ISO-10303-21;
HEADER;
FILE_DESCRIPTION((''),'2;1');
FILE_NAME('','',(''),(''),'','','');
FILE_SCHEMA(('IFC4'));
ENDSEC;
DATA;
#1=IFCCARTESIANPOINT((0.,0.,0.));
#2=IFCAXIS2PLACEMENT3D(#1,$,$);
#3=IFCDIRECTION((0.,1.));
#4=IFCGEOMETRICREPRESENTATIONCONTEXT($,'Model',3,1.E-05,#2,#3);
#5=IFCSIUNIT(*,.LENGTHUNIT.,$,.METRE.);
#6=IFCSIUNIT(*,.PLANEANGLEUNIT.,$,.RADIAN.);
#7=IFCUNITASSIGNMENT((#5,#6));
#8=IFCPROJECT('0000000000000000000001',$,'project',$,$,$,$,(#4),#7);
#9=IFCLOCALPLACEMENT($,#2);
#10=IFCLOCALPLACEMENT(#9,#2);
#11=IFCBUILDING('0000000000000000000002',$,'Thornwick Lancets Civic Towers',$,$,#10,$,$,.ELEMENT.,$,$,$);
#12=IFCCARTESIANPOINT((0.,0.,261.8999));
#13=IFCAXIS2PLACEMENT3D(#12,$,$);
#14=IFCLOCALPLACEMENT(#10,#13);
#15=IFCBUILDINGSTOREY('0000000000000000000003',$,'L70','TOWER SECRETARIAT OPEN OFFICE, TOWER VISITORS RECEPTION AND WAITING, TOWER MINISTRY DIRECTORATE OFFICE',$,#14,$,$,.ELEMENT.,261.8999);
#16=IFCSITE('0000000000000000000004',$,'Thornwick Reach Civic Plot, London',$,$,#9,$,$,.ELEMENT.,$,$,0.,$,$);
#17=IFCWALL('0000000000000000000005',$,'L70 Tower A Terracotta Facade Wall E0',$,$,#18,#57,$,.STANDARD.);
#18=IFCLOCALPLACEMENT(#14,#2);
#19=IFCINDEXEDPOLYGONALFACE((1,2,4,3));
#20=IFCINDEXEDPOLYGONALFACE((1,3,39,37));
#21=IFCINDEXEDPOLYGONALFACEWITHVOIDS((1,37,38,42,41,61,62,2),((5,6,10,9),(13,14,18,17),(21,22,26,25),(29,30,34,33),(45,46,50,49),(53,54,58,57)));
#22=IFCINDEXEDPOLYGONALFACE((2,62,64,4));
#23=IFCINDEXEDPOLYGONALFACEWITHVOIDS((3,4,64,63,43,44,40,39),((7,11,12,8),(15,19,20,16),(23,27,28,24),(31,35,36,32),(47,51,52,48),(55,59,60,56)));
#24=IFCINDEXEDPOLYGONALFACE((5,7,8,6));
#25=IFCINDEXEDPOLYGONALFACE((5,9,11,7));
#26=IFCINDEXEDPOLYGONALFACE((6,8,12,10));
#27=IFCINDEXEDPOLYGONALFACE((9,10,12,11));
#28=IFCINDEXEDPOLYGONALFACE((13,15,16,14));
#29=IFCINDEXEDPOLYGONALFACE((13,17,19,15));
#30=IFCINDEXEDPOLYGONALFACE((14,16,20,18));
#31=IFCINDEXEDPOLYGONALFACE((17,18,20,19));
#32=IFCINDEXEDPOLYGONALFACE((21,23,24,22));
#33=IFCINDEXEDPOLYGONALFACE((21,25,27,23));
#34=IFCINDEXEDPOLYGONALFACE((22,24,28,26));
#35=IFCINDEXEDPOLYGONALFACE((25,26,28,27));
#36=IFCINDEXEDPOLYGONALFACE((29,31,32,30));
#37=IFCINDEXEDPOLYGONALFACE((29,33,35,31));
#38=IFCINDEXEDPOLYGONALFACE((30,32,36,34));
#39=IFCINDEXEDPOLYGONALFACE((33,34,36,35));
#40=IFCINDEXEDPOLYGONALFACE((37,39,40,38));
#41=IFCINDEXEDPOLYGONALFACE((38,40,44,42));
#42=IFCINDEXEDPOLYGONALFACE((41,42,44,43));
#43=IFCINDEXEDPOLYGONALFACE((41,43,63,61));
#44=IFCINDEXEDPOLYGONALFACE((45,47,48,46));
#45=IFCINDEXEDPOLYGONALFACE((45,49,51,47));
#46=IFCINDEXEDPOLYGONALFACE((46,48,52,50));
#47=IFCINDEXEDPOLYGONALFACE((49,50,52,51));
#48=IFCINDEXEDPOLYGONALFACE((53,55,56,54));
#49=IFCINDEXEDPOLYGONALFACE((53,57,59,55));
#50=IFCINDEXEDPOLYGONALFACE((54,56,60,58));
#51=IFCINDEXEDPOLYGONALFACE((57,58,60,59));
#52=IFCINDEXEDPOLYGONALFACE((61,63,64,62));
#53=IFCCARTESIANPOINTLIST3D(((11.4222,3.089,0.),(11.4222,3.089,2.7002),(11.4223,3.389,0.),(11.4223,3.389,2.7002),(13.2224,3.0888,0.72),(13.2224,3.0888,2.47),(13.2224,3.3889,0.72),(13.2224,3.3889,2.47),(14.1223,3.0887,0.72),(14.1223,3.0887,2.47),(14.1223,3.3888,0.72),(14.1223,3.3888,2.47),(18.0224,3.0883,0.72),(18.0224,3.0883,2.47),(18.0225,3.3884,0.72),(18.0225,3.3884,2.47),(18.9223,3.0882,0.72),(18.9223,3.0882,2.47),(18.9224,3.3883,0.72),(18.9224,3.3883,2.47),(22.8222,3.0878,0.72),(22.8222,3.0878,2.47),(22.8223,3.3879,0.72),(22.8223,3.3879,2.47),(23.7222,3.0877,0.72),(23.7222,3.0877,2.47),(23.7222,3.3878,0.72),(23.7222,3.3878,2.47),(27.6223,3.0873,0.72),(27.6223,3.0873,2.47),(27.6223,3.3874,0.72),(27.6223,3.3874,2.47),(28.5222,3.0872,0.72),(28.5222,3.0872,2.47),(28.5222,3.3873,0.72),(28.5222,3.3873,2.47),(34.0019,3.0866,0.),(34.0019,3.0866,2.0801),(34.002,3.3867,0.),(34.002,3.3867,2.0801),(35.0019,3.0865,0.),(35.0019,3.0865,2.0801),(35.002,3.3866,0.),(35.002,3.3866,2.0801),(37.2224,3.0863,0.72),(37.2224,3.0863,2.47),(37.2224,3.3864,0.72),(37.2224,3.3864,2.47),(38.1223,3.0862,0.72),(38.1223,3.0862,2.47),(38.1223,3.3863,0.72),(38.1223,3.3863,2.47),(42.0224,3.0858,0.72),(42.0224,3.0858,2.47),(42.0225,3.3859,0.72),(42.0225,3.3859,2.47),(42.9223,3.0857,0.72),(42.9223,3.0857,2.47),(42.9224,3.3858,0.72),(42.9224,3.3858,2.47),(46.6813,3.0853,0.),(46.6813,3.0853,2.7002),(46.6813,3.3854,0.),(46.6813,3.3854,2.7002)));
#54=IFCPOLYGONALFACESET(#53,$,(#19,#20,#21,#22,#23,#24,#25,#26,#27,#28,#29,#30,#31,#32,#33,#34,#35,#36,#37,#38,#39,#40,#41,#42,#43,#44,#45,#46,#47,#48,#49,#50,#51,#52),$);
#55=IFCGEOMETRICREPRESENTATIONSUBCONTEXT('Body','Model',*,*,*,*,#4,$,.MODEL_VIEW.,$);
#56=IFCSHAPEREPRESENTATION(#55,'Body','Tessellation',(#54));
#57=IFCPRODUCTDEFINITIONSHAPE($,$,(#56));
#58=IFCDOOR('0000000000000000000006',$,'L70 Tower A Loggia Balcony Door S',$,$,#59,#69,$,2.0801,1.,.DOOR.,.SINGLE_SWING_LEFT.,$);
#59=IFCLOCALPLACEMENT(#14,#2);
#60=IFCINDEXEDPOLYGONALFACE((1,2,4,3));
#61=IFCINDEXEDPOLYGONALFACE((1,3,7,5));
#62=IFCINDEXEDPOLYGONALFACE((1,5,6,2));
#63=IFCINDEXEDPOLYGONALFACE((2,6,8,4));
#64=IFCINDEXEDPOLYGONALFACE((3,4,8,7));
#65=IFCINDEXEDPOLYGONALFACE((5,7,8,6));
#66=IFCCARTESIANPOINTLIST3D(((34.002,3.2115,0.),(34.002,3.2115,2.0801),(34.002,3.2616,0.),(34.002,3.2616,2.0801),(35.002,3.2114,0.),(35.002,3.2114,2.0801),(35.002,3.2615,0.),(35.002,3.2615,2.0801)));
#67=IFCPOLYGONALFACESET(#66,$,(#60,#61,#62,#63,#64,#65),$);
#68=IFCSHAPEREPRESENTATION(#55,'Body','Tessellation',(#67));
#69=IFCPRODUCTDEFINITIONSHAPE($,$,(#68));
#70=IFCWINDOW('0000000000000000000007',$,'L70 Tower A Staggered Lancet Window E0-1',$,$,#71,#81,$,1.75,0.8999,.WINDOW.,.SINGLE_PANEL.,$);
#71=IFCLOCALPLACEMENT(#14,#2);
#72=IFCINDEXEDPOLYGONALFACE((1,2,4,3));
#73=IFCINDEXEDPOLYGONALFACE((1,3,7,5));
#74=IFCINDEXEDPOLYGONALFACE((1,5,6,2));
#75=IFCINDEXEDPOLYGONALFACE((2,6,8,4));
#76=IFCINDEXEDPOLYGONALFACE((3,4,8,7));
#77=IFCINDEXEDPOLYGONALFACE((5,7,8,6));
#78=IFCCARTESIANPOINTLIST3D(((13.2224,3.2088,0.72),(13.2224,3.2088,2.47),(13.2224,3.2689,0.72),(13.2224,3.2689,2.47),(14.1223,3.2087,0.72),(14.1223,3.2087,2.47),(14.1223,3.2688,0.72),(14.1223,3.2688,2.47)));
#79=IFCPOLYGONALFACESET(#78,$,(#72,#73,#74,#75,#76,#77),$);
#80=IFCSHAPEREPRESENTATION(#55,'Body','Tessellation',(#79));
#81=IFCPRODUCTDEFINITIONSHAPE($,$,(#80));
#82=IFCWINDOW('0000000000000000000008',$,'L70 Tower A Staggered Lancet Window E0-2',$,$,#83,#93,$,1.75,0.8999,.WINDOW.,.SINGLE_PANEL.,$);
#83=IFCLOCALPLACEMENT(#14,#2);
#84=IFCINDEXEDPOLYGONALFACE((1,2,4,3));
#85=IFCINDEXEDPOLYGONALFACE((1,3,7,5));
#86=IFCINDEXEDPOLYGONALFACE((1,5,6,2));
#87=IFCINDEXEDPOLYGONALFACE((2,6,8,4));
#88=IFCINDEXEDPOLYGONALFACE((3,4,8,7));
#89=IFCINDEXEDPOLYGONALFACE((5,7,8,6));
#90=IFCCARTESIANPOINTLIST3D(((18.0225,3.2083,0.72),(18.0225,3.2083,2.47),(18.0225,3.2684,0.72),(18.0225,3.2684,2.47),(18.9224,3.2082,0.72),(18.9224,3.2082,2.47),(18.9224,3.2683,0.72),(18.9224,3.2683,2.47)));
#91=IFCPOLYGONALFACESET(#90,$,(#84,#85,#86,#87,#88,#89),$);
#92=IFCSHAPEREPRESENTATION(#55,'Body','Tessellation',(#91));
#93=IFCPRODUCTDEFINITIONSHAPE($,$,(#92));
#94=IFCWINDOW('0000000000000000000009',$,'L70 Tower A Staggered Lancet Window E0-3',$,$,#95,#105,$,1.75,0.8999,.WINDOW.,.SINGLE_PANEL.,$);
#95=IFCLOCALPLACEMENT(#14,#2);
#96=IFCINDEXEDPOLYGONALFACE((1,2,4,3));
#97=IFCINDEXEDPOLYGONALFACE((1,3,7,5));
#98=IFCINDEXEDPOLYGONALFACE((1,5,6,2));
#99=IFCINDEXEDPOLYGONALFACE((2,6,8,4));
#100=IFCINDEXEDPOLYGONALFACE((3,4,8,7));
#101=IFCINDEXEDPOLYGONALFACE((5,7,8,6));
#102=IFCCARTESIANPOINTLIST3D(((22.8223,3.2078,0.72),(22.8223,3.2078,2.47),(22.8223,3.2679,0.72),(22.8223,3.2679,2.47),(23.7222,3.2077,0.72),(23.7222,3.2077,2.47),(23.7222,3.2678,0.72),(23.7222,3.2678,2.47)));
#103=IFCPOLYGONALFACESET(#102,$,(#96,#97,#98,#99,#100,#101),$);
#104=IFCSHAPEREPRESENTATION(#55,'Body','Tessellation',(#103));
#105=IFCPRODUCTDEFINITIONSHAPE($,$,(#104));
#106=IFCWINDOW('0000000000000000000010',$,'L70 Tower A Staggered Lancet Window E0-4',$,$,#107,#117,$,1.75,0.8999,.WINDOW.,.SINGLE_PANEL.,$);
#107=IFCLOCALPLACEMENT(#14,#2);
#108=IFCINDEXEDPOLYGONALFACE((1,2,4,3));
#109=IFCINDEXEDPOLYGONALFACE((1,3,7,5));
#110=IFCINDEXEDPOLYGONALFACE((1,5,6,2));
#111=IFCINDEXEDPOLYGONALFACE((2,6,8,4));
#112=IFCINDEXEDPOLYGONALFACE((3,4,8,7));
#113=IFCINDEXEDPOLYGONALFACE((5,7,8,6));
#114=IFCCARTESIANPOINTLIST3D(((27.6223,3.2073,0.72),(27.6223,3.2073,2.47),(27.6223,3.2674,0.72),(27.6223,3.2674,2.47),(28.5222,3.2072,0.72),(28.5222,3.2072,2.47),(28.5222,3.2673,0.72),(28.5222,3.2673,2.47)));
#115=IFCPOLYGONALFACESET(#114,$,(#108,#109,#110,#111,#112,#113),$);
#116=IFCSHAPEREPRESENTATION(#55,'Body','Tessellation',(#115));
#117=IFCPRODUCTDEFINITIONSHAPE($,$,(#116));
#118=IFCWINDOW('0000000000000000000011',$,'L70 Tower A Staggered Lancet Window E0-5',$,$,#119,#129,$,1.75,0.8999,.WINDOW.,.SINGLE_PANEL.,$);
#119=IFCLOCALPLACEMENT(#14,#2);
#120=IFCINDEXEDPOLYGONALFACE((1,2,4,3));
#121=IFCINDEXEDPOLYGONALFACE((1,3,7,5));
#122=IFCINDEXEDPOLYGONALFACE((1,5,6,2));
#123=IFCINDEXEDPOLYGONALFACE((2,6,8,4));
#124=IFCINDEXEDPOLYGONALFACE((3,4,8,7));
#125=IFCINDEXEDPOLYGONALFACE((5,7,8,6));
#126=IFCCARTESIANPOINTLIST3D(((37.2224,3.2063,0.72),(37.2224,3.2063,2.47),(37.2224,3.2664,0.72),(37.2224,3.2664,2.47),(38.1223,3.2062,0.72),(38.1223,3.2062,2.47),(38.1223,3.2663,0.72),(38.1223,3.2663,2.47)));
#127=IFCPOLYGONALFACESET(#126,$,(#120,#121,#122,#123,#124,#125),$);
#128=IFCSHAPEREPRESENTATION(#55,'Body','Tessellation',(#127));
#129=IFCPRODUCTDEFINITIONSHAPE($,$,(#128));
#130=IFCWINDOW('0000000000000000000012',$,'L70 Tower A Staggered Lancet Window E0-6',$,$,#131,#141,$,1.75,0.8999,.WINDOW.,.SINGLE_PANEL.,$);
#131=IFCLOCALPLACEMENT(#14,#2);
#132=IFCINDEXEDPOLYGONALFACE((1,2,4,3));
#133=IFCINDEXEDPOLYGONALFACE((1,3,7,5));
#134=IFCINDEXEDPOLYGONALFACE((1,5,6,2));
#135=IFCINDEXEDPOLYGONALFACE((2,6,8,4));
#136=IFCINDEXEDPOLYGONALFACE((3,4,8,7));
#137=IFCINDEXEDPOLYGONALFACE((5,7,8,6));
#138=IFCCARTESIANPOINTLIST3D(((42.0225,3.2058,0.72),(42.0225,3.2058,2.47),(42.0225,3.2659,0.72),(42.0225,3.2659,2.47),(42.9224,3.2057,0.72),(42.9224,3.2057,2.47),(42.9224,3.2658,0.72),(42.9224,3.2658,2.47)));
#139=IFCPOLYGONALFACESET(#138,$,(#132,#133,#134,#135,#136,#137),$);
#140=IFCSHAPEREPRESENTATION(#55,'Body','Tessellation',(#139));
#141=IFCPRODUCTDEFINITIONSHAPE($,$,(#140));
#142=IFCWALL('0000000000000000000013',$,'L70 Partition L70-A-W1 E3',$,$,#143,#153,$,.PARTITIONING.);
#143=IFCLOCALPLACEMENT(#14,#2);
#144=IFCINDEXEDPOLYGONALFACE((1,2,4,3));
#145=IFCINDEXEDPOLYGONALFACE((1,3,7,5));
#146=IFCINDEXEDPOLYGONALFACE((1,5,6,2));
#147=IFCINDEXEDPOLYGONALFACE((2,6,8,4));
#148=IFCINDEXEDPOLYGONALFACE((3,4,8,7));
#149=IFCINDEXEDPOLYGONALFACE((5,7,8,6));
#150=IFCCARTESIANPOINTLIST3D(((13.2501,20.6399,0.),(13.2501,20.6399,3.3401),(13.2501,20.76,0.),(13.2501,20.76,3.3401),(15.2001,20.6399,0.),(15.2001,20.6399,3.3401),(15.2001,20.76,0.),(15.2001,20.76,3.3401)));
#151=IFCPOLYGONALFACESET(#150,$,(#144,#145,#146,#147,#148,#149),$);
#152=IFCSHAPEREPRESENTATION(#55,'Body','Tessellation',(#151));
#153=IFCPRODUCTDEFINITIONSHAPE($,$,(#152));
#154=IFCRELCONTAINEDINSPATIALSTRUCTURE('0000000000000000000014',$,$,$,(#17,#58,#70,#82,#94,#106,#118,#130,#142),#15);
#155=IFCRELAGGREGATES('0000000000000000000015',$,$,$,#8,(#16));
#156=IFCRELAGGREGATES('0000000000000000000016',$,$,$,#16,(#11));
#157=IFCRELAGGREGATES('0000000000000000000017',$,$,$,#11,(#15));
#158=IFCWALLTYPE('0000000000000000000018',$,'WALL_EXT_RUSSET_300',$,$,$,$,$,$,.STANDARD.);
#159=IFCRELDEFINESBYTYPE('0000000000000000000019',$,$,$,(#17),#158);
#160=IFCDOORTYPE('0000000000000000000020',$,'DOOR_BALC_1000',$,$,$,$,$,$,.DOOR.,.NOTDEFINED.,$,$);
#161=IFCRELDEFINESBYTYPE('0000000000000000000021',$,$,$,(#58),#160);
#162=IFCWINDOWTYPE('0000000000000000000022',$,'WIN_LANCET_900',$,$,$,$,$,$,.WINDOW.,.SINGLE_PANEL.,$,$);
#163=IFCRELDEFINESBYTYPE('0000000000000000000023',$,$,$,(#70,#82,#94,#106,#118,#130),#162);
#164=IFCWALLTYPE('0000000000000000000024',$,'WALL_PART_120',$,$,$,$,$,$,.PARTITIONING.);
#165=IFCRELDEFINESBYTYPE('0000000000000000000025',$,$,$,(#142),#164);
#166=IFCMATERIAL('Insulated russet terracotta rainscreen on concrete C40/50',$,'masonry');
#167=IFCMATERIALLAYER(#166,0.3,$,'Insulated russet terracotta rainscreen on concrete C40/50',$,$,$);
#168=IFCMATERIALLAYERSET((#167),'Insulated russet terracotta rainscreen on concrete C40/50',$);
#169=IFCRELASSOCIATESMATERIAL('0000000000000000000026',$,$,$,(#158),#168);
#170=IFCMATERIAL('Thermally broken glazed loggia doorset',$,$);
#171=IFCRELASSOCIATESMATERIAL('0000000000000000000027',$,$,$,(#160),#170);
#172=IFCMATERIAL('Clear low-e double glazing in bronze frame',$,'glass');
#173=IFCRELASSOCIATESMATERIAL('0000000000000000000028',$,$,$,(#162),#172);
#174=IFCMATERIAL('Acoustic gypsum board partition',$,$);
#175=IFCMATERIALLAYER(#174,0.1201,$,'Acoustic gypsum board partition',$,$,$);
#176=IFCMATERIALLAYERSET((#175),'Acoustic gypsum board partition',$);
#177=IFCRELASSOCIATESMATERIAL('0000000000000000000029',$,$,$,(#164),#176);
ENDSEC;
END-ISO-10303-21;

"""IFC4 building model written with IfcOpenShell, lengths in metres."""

from ifc_helpers import new_model, si_unit, direction, frame, frame_2d, origin, place, context, subcontext, project, spatial, rectangle, extrude, material, layer, layer_set, type_object, element, fill, save


model = new_model("IFC4")

# Units and contexts
model_context = context("Model", 3, precision=1e-05, world=origin(), true_north=direction((0.0, 1.0)))
body_context = subcontext(model_context, "Body", "Model", "MODEL_VIEW")
ifc_project = project(units=[si_unit("LENGTHUNIT", "METRE"), si_unit("PLANEANGLEUNIT", "RADIAN")], contexts=[model_context])

# Site, building, storey
site_placement = place(None, origin())
site = spatial("IfcSite", under=ifc_project, at=site_placement, Name="Thornwick Reach Civic Plot, London", CompositionType="ELEMENT", RefElevation=0.0)
building_placement = place(site_placement, origin())
building = spatial("IfcBuilding", under=site, at=building_placement, Name="Thornwick Lancets Civic Towers", CompositionType="ELEMENT")
storey_placement = place(building_placement, frame((0.0, 0.0, 261.8999)))
storey = spatial("IfcBuildingStorey", under=building, at=storey_placement, Name="L70", Description="TOWER SECRETARIAT OPEN OFFICE, TOWER VISITORS RECEPTION AND WAITING, TOWER MINISTRY DIRECTORATE OFFICE", CompositionType="ELEMENT", Elevation=261.8999)

# Wall, openings, door, windows
ifc_material_1 = material(Name="Insulated russet terracotta rainscreen on concrete C40/50", Category="masonry")
ifc_layer_1 = layer(ifc_material_1, 0.3, Name="Insulated russet terracotta rainscreen on concrete C40/50")
ifc_layer_set_1 = layer_set([ifc_layer_1], Name="Insulated russet terracotta rainscreen on concrete C40/50")
wall_type_1 = type_object("IfcWallType", Name="WALL_EXT_RUSSET_300", PredefinedType="STANDARD", material=ifc_layer_set_1)
wall_1_placement = place(storey_placement, frame((11.4224, 3.239, 0.0), z_axis=(0.0, 0.0, 1.0), x_axis=(1.0, -0.000104, 0.0)))
wall_1 = element("IfcWall", 1, at=wall_1_placement, inside=storey, type_object=wall_type_1, Name="L70 Tower A Terracotta Facade Wall E0", PredefinedType="STANDARD", context=body_context, shape_type="SweptSolid", body=[
    extrude(rectangle(XDim=35.259, YDim=0.3, at=frame_2d((17.6294, 0.0))), origin(), (0.0, 0.0, 1.0), 2.7002),
])
opening_1_placement = place(wall_1_placement, frame((22.5796, 0.0, 0.0)))
opening_1 = element("IfcOpeningElement", 2, at=opening_1_placement, cuts=wall_1, PredefinedType="OPENING", context=body_context, shape_type="SweptSolid", body=[
    extrude(rectangle(XDim=1.0, YDim=2.0801, at=frame_2d((0.5, 1.04))), frame((0.0, 0.1602, 0.0), z_axis=(0.0, -1.0, 0.0), x_axis=(1.0, 0.0, 0.0)), (0.0, 0.0, 1.0), 0.3201),
])
opening_2_placement = place(wall_1_placement, frame((1.8, 0.0, 0.72)))
opening_2 = element("IfcOpeningElement", 3, at=opening_2_placement, cuts=wall_1, PredefinedType="OPENING", context=body_context, shape_type="SweptSolid", body=[
    extrude(rectangle(XDim=0.8999, YDim=1.75, at=frame_2d((0.45, 0.875))), frame((0.0, 0.1602, 0.0), z_axis=(0.0, -1.0, 0.0), x_axis=(1.0, 0.0, 0.0)), (0.0, 0.0, 1.0), 0.3201),
])
opening_3_placement = place(wall_1_placement, frame((6.6001, 0.0, 0.72)))
opening_3 = element("IfcOpeningElement", 4, at=opening_3_placement, cuts=wall_1, PredefinedType="OPENING", context=body_context, shape_type="SweptSolid", body=[
    extrude(rectangle(XDim=0.8999, YDim=1.75, at=frame_2d((0.45, 0.875))), frame((0.0, 0.1602, 0.0), z_axis=(0.0, -1.0, 0.0), x_axis=(1.0, 0.0, 0.0)), (0.0, 0.0, 1.0), 0.3201),
])
opening_4_placement = place(wall_1_placement, frame((11.3999, 0.0, 0.72)))
opening_4 = element("IfcOpeningElement", 5, at=opening_4_placement, cuts=wall_1, PredefinedType="OPENING", context=body_context, shape_type="SweptSolid", body=[
    extrude(rectangle(XDim=0.8999, YDim=1.75, at=frame_2d((0.45, 0.875))), frame((0.0, 0.1602, 0.0), z_axis=(0.0, -1.0, 0.0), x_axis=(1.0, 0.0, 0.0)), (0.0, 0.0, 1.0), 0.3201),
])
opening_5_placement = place(wall_1_placement, frame((16.2, 0.0, 0.72)))
opening_5 = element("IfcOpeningElement", 6, at=opening_5_placement, cuts=wall_1, PredefinedType="OPENING", context=body_context, shape_type="SweptSolid", body=[
    extrude(rectangle(XDim=0.8999, YDim=1.75, at=frame_2d((0.45, 0.875))), frame((0.0, 0.1602, 0.0), z_axis=(0.0, -1.0, 0.0), x_axis=(1.0, 0.0, 0.0)), (0.0, 0.0, 1.0), 0.3201),
])
opening_6_placement = place(wall_1_placement, frame((25.8, 0.0, 0.72)))
opening_6 = element("IfcOpeningElement", 7, at=opening_6_placement, cuts=wall_1, PredefinedType="OPENING", context=body_context, shape_type="SweptSolid", body=[
    extrude(rectangle(XDim=0.8999, YDim=1.75, at=frame_2d((0.45, 0.875))), frame((0.0, 0.1602, 0.0), z_axis=(0.0, -1.0, 0.0), x_axis=(1.0, 0.0, 0.0)), (0.0, 0.0, 1.0), 0.3201),
])
opening_7_placement = place(wall_1_placement, frame((30.6001, 0.0, 0.72)))
opening_7 = element("IfcOpeningElement", 8, at=opening_7_placement, cuts=wall_1, PredefinedType="OPENING", context=body_context, shape_type="SweptSolid", body=[
    extrude(rectangle(XDim=0.8999, YDim=1.75, at=frame_2d((0.45, 0.875))), frame((0.0, 0.1602, 0.0), z_axis=(0.0, -1.0, 0.0), x_axis=(1.0, 0.0, 0.0)), (0.0, 0.0, 1.0), 0.3201),
])
ifc_material_2 = material(Name="Thermally broken glazed loggia doorset")
door_type = type_object("IfcDoorType", Name="DOOR_BALC_1000", OperationType="NOTDEFINED", PredefinedType="DOOR", material=ifc_material_2)
door_placement = place(opening_1_placement, origin())
door = element("IfcDoor", 9, at=door_placement, inside=storey, type_object=door_type, Name="L70 Tower A Loggia Balcony Door S", OperationType="SINGLE_SWING_LEFT", OverallHeight=2.0801, OverallWidth=1.0, PredefinedType="DOOR", context=body_context, shape_type="SweptSolid", body=[
    extrude(rectangle(XDim=1.0, YDim=2.0801, at=frame_2d((0.5, 1.04))), frame((0.0, 0.0249, 0.0), z_axis=(0.0, -1.0, 0.0), x_axis=(1.0, 0.0, 0.0)), (0.0, 0.0, 1.0), 0.05),
])
fill(opening_1, door)
ifc_material_3 = material(Name="Clear low-e double glazing in bronze frame", Category="glass")
window_type = type_object("IfcWindowType", Name="WIN_LANCET_900", PartitioningType="SINGLE_PANEL", PredefinedType="WINDOW", material=ifc_material_3)
window_1_placement = place(opening_2_placement, origin())
window_1 = element("IfcWindow", 10, at=window_1_placement, inside=storey, type_object=window_type, Name="L70 Tower A Staggered Lancet Window E0-1", OverallHeight=1.75, OverallWidth=0.8999, PartitioningType="SINGLE_PANEL", PredefinedType="WINDOW", context=body_context, shape_type="SweptSolid", body=[
    extrude(rectangle(XDim=0.8999, YDim=1.75, at=frame_2d((0.45, 0.875))), frame((0.0, 0.03, 0.0), z_axis=(0.0, -1.0, 0.0), x_axis=(1.0, 0.0, 0.0)), (0.0, 0.0, 1.0), 0.0601),
])
fill(opening_2, window_1)
window_2_placement = place(opening_3_placement, origin())
window_2 = element("IfcWindow", 11, at=window_2_placement, inside=storey, type_object=window_type, Name="L70 Tower A Staggered Lancet Window E0-2", OverallHeight=1.75, OverallWidth=0.8999, PartitioningType="SINGLE_PANEL", PredefinedType="WINDOW", context=body_context, shape_type="SweptSolid", body=[
    extrude(rectangle(XDim=0.8999, YDim=1.75, at=frame_2d((0.45, 0.875))), frame((0.0, 0.03, 0.0), z_axis=(0.0, -1.0, 0.0), x_axis=(1.0, 0.0, 0.0)), (0.0, 0.0, 1.0), 0.0601),
])
fill(opening_3, window_2)
window_3_placement = place(opening_4_placement, origin())
window_3 = element("IfcWindow", 12, at=window_3_placement, inside=storey, type_object=window_type, Name="L70 Tower A Staggered Lancet Window E0-3", OverallHeight=1.75, OverallWidth=0.8999, PartitioningType="SINGLE_PANEL", PredefinedType="WINDOW", context=body_context, shape_type="SweptSolid", body=[
    extrude(rectangle(XDim=0.8999, YDim=1.75, at=frame_2d((0.45, 0.875))), frame((0.0, 0.03, 0.0), z_axis=(0.0, -1.0, 0.0), x_axis=(1.0, 0.0, 0.0)), (0.0, 0.0, 1.0), 0.0601),
])
fill(opening_4, window_3)
window_4_placement = place(opening_5_placement, origin())
window_4 = element("IfcWindow", 13, at=window_4_placement, inside=storey, type_object=window_type, Name="L70 Tower A Staggered Lancet Window E0-4", OverallHeight=1.75, OverallWidth=0.8999, PartitioningType="SINGLE_PANEL", PredefinedType="WINDOW", context=body_context, shape_type="SweptSolid", body=[
    extrude(rectangle(XDim=0.8999, YDim=1.75, at=frame_2d((0.45, 0.875))), frame((0.0, 0.03, 0.0), z_axis=(0.0, -1.0, 0.0), x_axis=(1.0, 0.0, 0.0)), (0.0, 0.0, 1.0), 0.0601),
])
fill(opening_5, window_4)
window_5_placement = place(opening_6_placement, origin())
window_5 = element("IfcWindow", 14, at=window_5_placement, inside=storey, type_object=window_type, Name="L70 Tower A Staggered Lancet Window E0-5", OverallHeight=1.75, OverallWidth=0.8999, PartitioningType="SINGLE_PANEL", PredefinedType="WINDOW", context=body_context, shape_type="SweptSolid", body=[
    extrude(rectangle(XDim=0.8999, YDim=1.75, at=frame_2d((0.45, 0.875))), frame((0.0, 0.03, 0.0), z_axis=(0.0, -1.0, 0.0), x_axis=(1.0, 0.0, 0.0)), (0.0, 0.0, 1.0), 0.0601),
])
fill(opening_6, window_5)
window_6_placement = place(opening_7_placement, origin())
window_6 = element("IfcWindow", 15, at=window_6_placement, inside=storey, type_object=window_type, Name="L70 Tower A Staggered Lancet Window E0-6", OverallHeight=1.75, OverallWidth=0.8999, PartitioningType="SINGLE_PANEL", PredefinedType="WINDOW", context=body_context, shape_type="SweptSolid", body=[
    extrude(rectangle(XDim=0.8999, YDim=1.75, at=frame_2d((0.45, 0.875))), frame((0.0, 0.03, 0.0), z_axis=(0.0, -1.0, 0.0), x_axis=(1.0, 0.0, 0.0)), (0.0, 0.0, 1.0), 0.0601),
])
fill(opening_7, window_6)

# Wall
ifc_material_4 = material(Name="Acoustic gypsum board partition")
ifc_layer_2 = layer(ifc_material_4, 0.1201, Name="Acoustic gypsum board partition")
ifc_layer_set_2 = layer_set([ifc_layer_2], Name="Acoustic gypsum board partition")
wall_type_2 = type_object("IfcWallType", Name="WALL_PART_120", PredefinedType="PARTITIONING", material=ifc_layer_set_2)
wall_2_placement = place(storey_placement, frame((13.25, 20.7, 0.0), z_axis=(0.0, 0.0, 1.0), x_axis=(1.0, 0.0, 0.0)))
element("IfcWall", 16, at=wall_2_placement, inside=storey, type_object=wall_type_2, Name="L70 Partition L70-A-W1 E3", PredefinedType="PARTITIONING", context=body_context, shape_type="SweptSolid", body=[
    extrude(rectangle(XDim=1.95, YDim=0.1201, at=frame_2d((0.9751, 0.0))), origin(), (0.0, 0.0, 1.0), 3.3401),
])

save(model, "model.ifc")
